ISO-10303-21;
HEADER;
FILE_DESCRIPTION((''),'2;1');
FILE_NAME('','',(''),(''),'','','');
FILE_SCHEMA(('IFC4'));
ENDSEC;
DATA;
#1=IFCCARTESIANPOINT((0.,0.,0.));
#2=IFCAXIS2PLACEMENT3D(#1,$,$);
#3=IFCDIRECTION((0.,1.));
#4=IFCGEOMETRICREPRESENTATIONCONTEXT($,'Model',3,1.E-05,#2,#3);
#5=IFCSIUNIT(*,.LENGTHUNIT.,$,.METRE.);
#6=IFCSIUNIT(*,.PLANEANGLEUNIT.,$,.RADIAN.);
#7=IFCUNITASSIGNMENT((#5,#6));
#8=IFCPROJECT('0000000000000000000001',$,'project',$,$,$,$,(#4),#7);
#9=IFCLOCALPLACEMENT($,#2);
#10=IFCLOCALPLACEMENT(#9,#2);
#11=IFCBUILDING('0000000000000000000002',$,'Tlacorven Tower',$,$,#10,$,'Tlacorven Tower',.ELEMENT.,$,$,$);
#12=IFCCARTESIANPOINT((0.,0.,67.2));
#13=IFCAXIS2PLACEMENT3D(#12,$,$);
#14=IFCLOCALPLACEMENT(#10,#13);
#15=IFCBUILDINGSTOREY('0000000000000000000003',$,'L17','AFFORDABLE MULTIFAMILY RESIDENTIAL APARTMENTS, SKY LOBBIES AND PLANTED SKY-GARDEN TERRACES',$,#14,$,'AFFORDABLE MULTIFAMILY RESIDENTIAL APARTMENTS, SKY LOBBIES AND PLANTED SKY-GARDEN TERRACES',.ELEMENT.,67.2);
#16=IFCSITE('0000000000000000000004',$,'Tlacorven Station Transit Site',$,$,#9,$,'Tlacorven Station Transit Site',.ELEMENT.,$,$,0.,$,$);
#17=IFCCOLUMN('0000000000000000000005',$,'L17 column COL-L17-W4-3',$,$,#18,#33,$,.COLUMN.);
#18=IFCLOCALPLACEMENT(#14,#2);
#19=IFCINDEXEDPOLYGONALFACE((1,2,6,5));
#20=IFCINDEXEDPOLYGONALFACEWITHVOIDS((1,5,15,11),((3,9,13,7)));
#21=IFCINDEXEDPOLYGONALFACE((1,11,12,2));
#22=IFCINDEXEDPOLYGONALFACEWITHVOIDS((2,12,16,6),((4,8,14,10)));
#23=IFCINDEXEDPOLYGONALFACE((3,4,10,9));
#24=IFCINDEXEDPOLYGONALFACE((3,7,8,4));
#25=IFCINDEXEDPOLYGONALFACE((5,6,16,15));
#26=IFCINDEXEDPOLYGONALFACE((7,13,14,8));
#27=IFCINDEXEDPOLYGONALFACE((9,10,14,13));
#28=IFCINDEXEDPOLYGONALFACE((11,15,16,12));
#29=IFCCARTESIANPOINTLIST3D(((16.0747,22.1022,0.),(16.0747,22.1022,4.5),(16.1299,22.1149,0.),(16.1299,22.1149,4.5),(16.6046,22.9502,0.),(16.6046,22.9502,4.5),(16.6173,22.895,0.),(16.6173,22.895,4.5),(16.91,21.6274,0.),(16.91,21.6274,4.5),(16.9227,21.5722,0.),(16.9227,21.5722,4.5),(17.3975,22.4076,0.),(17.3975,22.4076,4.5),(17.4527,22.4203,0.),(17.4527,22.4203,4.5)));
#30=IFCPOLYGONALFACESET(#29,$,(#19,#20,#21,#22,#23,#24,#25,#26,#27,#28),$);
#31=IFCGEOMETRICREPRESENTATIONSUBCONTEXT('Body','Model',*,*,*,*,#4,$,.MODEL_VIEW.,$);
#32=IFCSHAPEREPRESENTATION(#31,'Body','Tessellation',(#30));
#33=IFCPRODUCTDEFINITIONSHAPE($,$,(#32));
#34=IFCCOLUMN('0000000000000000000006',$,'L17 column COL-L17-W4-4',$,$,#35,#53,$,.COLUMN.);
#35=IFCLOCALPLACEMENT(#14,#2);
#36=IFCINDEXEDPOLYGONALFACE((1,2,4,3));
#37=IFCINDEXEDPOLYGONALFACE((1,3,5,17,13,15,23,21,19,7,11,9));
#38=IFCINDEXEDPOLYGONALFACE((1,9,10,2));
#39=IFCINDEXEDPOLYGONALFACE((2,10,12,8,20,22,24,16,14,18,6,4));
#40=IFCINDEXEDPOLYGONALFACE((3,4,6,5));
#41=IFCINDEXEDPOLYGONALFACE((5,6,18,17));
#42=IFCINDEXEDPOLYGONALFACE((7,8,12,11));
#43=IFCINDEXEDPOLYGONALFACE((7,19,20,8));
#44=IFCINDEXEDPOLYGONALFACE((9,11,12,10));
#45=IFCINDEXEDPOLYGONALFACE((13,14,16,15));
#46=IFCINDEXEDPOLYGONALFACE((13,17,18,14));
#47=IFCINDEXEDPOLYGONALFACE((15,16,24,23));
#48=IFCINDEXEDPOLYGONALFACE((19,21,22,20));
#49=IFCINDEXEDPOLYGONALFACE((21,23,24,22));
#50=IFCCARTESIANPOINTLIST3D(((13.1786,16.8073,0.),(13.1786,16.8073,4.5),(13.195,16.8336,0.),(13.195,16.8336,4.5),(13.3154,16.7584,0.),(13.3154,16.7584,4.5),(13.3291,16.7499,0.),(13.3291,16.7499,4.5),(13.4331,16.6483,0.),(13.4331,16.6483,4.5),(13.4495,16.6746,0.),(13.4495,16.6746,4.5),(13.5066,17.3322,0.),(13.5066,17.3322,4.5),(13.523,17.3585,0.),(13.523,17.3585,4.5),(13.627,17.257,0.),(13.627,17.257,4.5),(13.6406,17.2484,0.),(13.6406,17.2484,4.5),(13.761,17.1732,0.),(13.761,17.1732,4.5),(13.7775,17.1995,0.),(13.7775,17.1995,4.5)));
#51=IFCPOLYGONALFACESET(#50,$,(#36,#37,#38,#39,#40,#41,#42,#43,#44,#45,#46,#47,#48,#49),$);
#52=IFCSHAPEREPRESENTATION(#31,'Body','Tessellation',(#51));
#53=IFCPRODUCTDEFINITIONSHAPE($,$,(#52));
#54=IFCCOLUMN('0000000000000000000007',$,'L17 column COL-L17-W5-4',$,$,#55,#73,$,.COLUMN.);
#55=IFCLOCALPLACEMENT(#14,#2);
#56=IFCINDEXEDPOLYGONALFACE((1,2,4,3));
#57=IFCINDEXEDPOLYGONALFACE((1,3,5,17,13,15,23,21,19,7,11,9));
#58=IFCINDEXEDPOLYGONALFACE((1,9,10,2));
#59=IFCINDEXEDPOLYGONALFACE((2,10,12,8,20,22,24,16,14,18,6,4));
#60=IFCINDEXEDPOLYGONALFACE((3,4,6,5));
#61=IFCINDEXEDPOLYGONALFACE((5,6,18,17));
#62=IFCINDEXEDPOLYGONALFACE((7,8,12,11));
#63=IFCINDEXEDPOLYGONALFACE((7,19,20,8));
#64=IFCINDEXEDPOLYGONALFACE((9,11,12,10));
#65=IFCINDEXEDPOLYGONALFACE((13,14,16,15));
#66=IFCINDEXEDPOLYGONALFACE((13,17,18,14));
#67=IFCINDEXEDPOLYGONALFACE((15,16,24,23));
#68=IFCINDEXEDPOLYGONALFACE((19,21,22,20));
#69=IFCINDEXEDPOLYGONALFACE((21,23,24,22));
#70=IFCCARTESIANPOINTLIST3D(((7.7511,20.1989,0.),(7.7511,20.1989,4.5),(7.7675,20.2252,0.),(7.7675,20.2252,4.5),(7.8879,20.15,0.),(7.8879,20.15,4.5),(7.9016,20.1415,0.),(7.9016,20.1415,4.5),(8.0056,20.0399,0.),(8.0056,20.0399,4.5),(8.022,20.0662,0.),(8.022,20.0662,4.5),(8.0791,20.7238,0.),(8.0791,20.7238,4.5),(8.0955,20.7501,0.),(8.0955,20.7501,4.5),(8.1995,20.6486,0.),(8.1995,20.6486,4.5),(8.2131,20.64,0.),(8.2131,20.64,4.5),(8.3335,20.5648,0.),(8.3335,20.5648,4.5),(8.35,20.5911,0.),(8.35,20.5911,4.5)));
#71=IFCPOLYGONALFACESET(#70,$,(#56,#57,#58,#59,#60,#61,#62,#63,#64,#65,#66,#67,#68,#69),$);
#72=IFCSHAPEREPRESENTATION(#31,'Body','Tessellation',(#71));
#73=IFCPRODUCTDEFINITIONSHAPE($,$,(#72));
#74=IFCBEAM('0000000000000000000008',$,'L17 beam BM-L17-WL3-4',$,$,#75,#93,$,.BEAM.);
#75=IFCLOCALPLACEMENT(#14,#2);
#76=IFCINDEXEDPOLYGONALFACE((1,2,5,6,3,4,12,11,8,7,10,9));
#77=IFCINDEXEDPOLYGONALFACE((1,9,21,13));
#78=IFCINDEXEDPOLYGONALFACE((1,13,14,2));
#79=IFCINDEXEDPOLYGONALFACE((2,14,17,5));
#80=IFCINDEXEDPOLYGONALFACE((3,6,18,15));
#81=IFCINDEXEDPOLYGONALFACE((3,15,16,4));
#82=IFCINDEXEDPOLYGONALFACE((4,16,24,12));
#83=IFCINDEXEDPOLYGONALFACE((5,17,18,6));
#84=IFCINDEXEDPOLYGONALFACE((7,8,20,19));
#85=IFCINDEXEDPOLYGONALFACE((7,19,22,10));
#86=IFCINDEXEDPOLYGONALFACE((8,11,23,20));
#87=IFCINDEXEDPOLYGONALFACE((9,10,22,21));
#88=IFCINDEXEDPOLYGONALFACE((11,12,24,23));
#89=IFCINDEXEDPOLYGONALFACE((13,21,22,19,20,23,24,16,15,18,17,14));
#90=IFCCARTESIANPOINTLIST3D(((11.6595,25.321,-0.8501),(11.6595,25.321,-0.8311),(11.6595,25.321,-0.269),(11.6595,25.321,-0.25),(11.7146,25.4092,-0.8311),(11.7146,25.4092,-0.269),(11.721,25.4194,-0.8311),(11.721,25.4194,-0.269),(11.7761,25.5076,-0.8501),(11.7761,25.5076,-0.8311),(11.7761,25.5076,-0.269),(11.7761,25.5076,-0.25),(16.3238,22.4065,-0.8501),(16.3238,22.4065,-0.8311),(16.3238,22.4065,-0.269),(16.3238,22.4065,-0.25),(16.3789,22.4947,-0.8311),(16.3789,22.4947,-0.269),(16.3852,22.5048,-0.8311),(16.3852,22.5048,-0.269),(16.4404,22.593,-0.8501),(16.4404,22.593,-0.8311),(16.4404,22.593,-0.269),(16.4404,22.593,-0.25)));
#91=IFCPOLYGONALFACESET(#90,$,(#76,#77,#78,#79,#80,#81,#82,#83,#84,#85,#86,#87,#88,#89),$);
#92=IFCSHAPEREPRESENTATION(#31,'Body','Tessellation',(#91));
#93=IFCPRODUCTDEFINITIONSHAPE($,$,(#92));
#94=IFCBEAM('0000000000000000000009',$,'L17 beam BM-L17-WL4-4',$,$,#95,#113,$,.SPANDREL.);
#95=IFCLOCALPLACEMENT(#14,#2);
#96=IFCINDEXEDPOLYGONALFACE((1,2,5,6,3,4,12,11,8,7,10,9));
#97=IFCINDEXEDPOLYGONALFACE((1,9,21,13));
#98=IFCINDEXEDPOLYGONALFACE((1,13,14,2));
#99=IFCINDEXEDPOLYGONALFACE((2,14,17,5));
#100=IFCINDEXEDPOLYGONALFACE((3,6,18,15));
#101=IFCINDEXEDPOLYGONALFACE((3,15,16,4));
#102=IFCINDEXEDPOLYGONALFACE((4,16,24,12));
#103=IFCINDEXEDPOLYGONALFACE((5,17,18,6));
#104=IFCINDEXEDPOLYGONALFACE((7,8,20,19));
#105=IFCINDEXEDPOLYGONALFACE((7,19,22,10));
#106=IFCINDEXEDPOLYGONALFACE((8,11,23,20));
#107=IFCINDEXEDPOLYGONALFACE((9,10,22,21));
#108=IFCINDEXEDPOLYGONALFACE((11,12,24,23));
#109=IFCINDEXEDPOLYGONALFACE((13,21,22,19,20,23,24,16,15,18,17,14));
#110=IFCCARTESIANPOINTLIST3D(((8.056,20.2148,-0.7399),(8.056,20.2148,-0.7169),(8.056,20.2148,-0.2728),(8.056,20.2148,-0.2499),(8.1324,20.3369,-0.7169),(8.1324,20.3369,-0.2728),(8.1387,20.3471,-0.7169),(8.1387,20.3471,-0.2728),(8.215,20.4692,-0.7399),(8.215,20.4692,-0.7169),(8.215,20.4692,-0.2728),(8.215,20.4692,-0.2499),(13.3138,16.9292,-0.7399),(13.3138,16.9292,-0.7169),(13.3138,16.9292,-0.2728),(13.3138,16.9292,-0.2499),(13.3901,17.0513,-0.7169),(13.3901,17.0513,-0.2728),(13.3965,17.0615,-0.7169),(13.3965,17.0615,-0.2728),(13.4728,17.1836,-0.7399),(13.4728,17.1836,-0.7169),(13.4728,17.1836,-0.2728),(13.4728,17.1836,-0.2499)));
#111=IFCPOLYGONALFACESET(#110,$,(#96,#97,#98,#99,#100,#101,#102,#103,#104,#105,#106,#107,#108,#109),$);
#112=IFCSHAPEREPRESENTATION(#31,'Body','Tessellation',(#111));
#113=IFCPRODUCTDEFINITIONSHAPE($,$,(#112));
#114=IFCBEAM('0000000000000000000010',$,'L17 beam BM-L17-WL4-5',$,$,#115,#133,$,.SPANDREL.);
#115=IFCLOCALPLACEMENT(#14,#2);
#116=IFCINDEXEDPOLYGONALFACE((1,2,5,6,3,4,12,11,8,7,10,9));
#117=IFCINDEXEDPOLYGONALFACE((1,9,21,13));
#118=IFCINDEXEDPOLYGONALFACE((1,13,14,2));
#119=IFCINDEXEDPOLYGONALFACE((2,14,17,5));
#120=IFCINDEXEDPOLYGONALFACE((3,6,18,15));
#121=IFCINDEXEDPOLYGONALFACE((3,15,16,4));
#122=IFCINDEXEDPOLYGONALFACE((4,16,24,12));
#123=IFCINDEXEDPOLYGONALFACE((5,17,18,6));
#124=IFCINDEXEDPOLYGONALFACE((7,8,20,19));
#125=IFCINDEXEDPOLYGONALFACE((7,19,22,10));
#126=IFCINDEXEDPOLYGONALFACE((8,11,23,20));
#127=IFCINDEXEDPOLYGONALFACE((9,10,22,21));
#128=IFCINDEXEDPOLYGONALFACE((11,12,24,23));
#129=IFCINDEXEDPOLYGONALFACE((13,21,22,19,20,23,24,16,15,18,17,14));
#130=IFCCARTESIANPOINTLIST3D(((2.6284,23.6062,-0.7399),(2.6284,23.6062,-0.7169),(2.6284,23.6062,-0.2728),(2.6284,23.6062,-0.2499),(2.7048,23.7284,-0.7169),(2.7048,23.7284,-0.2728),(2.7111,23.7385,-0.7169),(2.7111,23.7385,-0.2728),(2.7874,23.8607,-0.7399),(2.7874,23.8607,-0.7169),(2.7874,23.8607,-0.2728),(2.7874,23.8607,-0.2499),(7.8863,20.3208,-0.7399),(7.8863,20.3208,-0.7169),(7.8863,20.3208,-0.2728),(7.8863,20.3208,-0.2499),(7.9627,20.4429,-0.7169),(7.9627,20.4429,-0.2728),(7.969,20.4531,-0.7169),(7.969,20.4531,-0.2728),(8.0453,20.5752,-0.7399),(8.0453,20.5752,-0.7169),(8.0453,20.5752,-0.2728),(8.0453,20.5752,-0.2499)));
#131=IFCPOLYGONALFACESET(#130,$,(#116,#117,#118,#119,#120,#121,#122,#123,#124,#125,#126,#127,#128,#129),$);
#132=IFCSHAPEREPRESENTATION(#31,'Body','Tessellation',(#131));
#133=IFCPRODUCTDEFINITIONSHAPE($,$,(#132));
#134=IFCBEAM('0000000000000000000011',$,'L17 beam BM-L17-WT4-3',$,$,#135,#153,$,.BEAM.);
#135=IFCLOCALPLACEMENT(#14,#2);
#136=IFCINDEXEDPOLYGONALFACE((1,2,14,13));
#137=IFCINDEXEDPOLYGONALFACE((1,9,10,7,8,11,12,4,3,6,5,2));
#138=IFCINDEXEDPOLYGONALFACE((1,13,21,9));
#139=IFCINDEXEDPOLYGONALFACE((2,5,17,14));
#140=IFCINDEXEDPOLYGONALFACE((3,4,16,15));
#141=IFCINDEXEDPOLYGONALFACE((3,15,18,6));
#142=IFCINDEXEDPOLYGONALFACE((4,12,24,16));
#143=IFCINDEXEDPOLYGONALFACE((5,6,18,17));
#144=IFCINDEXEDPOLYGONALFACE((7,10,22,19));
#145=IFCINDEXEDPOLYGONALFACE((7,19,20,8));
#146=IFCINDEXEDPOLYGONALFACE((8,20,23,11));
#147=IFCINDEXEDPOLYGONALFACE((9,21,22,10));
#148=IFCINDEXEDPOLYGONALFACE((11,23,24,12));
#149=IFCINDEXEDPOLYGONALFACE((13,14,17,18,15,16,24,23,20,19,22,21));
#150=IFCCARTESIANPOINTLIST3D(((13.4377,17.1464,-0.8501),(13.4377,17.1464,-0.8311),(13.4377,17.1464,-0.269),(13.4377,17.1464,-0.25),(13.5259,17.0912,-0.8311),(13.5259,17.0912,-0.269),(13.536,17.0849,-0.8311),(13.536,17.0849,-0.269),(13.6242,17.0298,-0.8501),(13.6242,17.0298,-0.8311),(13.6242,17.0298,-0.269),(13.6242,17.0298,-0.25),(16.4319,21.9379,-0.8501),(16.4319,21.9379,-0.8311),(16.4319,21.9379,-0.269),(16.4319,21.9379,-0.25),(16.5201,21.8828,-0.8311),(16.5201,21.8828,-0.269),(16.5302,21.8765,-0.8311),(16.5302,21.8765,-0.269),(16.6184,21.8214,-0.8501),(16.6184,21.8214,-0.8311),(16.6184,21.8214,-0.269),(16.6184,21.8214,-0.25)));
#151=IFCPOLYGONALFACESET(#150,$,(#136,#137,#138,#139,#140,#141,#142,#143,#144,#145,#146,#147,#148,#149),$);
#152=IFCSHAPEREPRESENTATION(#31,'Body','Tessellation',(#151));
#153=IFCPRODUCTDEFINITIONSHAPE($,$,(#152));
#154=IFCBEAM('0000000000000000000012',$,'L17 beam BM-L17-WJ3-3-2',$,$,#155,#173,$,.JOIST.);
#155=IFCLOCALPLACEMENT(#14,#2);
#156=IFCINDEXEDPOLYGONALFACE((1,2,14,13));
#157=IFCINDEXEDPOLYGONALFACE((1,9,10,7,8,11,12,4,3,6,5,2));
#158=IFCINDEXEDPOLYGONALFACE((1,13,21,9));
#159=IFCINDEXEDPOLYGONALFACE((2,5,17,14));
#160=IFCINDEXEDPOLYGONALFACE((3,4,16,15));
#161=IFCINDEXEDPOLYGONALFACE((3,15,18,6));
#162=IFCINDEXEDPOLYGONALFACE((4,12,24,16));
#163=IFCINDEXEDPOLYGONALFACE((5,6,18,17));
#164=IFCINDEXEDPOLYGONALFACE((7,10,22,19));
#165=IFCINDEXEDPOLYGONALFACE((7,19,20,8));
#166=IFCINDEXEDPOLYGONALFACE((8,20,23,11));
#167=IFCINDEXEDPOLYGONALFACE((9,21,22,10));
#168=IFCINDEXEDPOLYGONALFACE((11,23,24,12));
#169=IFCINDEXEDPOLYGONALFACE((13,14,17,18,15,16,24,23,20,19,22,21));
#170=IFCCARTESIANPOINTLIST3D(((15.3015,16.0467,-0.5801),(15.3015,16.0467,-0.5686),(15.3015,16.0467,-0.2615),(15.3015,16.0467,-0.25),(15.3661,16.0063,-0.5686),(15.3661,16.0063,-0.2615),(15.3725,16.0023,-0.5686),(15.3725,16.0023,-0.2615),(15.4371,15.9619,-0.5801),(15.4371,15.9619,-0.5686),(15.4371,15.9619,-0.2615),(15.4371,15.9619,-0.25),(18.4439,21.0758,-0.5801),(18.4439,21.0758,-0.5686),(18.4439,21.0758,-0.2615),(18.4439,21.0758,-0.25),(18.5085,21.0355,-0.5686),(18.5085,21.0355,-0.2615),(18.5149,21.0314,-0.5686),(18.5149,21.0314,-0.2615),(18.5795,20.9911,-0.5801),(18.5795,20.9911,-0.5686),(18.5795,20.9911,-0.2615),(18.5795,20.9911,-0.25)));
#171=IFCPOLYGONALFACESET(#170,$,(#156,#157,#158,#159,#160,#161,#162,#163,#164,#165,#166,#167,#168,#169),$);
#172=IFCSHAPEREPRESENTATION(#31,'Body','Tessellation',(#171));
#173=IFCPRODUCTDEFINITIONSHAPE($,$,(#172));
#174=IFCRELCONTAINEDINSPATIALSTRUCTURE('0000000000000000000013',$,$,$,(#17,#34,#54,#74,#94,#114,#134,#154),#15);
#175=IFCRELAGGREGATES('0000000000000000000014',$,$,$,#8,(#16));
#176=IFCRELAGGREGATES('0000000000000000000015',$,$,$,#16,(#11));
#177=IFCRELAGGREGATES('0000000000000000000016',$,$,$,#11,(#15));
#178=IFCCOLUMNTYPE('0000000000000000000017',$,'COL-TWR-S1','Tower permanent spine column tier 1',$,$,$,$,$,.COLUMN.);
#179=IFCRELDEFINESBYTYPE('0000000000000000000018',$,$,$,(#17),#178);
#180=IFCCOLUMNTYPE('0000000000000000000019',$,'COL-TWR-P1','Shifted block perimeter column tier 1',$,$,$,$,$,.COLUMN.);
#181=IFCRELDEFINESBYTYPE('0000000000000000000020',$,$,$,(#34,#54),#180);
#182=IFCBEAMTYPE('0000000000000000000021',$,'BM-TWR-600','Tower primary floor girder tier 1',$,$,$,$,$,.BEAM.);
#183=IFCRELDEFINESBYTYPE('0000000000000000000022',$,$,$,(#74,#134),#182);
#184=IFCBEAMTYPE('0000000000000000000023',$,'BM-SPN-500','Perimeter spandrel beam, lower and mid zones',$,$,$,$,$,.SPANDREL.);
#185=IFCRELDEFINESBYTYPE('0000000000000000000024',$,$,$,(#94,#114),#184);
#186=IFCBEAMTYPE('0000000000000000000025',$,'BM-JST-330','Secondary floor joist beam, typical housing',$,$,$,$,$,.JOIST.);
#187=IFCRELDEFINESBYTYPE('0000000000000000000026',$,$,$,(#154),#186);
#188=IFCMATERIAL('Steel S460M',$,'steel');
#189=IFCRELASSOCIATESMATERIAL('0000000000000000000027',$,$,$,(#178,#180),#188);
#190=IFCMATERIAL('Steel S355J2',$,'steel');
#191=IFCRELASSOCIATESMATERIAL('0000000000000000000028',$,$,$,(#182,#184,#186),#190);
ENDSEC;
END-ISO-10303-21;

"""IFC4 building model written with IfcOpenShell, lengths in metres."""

from ifc_helpers import new_model, si_unit, direction, frame, origin, origin_2d, place, context, subcontext, project, spatial, hollow_rectangle, i_section, extrude, source, transform, mapped, material, material_profile, profile_set, type_object, element, save


model = new_model("IFC4")

# Units and contexts
model_context = context("Model", 3, precision=1e-05, world=origin(), true_north=direction((0.0, 1.0)))
body_context = subcontext(model_context, "Body", "Model", "MODEL_VIEW")
ifc_project = project(units=[si_unit("LENGTHUNIT", "METRE"), si_unit("PLANEANGLEUNIT", "RADIAN")], contexts=[model_context])

# Site, building, storey
site_placement = place(None, origin())
site = spatial("IfcSite", under=ifc_project, at=site_placement, Name="Tlacorven Station Transit Site", LongName="Tlacorven Station Transit Site", CompositionType="ELEMENT", RefElevation=0.0)
building_placement = place(site_placement, origin())
building = spatial("IfcBuilding", under=site, at=building_placement, Name="Tlacorven Tower", LongName="Tlacorven Tower", CompositionType="ELEMENT")
storey_placement = place(building_placement, frame((0.0, 0.0, 67.2)))
storey = spatial("IfcBuildingStorey", under=building, at=storey_placement, Name="L17", Description="AFFORDABLE MULTIFAMILY RESIDENTIAL APARTMENTS, SKY LOBBIES AND PLANTED SKY-GARDEN TERRACES", LongName="AFFORDABLE MULTIFAMILY RESIDENTIAL APARTMENTS, SKY LOBBIES AND PLANTED SKY-GARDEN TERRACES", CompositionType="ELEMENT", Elevation=67.2)

# Columns
ifc_material_1 = material(Name="Steel S460M", Category="steel")
ifc_material_profile_1 = material_profile(ifc_material_1, hollow_rectangle(XDim=1.0, YDim=1.0, WallThickness=0.04, at=origin_2d()), Name="BOX 1000X1000X40")
ifc_profile_set_1 = profile_set([ifc_material_profile_1], Name="Steel S460M")
column_type_1 = type_object("IfcColumnType", Name="COL-TWR-S1", Description="Tower permanent spine column tier 1", PredefinedType="COLUMN", material=ifc_profile_set_1)
shared_shape_1 = source(origin(), body_context, "Body", "SweptSolid", [
    extrude(hollow_rectangle(XDim=1.0, YDim=1.0, WallThickness=0.04, at=origin_2d()), origin(), (0.0, 0.0, 1.0), 4.5),
])
column_placement = place(storey_placement, frame((16.7637, 22.2612, 0.0), z_axis=(0.0, 0.0, 1.0), x_axis=(-0.848048, 0.529919, 0.0)))
element("IfcColumn", 1, at=column_placement, inside=storey, type_object=column_type_1, Name="L17 column COL-L17-W4-3", PredefinedType="COLUMN", context=body_context, shape_type="MappedRepresentation", body=[
    mapped(shared_shape_1, transform((0.0, 0.0, 0.0), scale=1.0)),
])
ifc_material_profile_2 = material_profile(ifc_material_1, i_section(OverallWidth=0.3, OverallDepth=0.6499, WebThickness=0.0161, FlangeThickness=0.031, at=origin_2d()), Name="HEB 650")
ifc_profile_set_2 = profile_set([ifc_material_profile_2], Name="Steel S460M")
column_type_2 = type_object("IfcColumnType", Name="COL-TWR-P1", Description="Shifted block perimeter column tier 1", PredefinedType="COLUMN", material=ifc_profile_set_2)
shared_shape_2 = source(origin(), body_context, "Body", "SweptSolid", [
    extrude(i_section(OverallWidth=0.3, OverallDepth=0.6499, WebThickness=0.0161, FlangeThickness=0.031, at=origin_2d()), origin(), (0.0, 0.0, 1.0), 4.5),
])
for number, where, z_axis, x_axis, name in (
    (2, (13.478, 17.0034, 0.0), (0.0, 0.0, 1.0), (-0.848048, 0.529919, 0.0), "L17 column COL-L17-W4-4"),
    (3, (8.0505, 20.395, 0.0), (0.0, 0.0, 1.0), (-0.848048, 0.529919, 0.0), "L17 column COL-L17-W5-4"),
):
    element("IfcColumn", number, at=place(storey_placement, frame(where, z_axis=z_axis, x_axis=x_axis)), inside=storey, type_object=column_type_2, Name=name, PredefinedType="COLUMN", context=body_context, shape_type="MappedRepresentation", body=[
        mapped(shared_shape_2, transform((0.0, 0.0, 0.0), scale=1.0)),
    ])

# Beams
ifc_material_2 = material(Name="Steel S355J2", Category="steel")
ifc_material_profile_3 = material_profile(ifc_material_2, i_section(OverallWidth=0.22, OverallDepth=0.6001, WebThickness=0.012, FlangeThickness=0.019, at=origin_2d()), Name="IPE 600")
ifc_profile_set_3 = profile_set([ifc_material_profile_3], Name="Steel S355J2")
beam_type_1 = type_object("IfcBeamType", Name="BM-TWR-600", Description="Tower primary floor girder tier 1", PredefinedType="BEAM", material=ifc_profile_set_3)
shared_shape_3 = source(origin(), body_context, "Body", "SweptSolid", [
    extrude(i_section(OverallWidth=0.22, OverallDepth=0.6001, WebThickness=0.012, FlangeThickness=0.019, at=origin_2d()), origin(), (0.0, 0.0, 1.0), 5.5),
])
beam_1_placement = place(storey_placement, frame((16.3821, 22.4998, -0.55), z_axis=(-0.848051, 0.529915, 0.0), x_axis=(-0.529915, -0.848051, 0.0)))
element("IfcBeam", 4, at=beam_1_placement, inside=storey, type_object=beam_type_1, Name="L17 beam BM-L17-WL3-4", PredefinedType="BEAM", context=body_context, shape_type="MappedRepresentation", body=[
    mapped(shared_shape_3, transform((0.0, 0.0, 0.0), scale=1.0)),
])
ifc_material_profile_4 = material_profile(ifc_material_2, i_section(OverallWidth=0.3, OverallDepth=0.49, WebThickness=0.012, FlangeThickness=0.0229, at=origin_2d()), Name="HEA 500")
ifc_profile_set_4 = profile_set([ifc_material_profile_4], Name="Steel S355J2")
beam_type_2 = type_object("IfcBeamType", Name="BM-SPN-500", Description="Perimeter spandrel beam, lower and mid zones", PredefinedType="SPANDREL", material=ifc_profile_set_4)
shared_shape_4 = source(origin(), body_context, "Body", "SweptSolid", [
    extrude(i_section(OverallWidth=0.3, OverallDepth=0.49, WebThickness=0.012, FlangeThickness=0.0229, at=origin_2d()), origin(), (0.0, 0.0, 1.0), 6.2),
])
for number, where, z_axis, x_axis, name in (
    (5, (13.3933, 17.0564, -0.4949), (-0.848034, 0.529942, 0.0), (-0.529942, -0.848034, 0.0), "L17 beam BM-L17-WL4-4"),
    (6, (7.9658, 20.448, -0.4949), (-0.848051, 0.529914, 0.0), (-0.529914, -0.848051, 0.0), "L17 beam BM-L17-WL4-5"),
):
    element("IfcBeam", number, at=place(storey_placement, frame(where, z_axis=z_axis, x_axis=x_axis)), inside=storey, type_object=beam_type_2, Name=name, PredefinedType="SPANDREL", context=body_context, shape_type="MappedRepresentation", body=[
        mapped(shared_shape_4, transform((0.0, 0.0, 0.0), scale=1.0)),
    ])
shared_shape_5 = source(origin(), body_context, "Body", "SweptSolid", [
    extrude(i_section(OverallWidth=0.22, OverallDepth=0.6001, WebThickness=0.012, FlangeThickness=0.019, at=origin_2d()), origin(), (0.0, 0.0, 1.0), 5.6501),
])
beam_2_placement = place(storey_placement, frame((16.5251, 21.8796, -0.55), z_axis=(-0.529929, -0.848042, 0.0), x_axis=(0.848042, -0.529929, 0.0)))
element("IfcBeam", 7, at=beam_2_placement, inside=storey, type_object=beam_type_1, Name="L17 beam BM-L17-WT4-3", PredefinedType="BEAM", context=body_context, shape_type="MappedRepresentation", body=[
    mapped(shared_shape_5, transform((0.0, 0.0, 0.0), scale=1.0)),
])
ifc_material_profile_5 = material_profile(ifc_material_2, i_section(OverallWidth=0.1599, OverallDepth=0.3301, WebThickness=0.0076, FlangeThickness=0.0115, at=origin_2d()), Name="IPE 330")
ifc_profile_set_5 = profile_set([ifc_material_profile_5], Name="Steel S355J2")
beam_type_3 = type_object("IfcBeamType", Name="BM-JST-330", Description="Secondary floor joist beam, typical housing", PredefinedType="JOIST", material=ifc_profile_set_5)
shared_shape_6 = source(origin(), body_context, "Body", "SweptSolid", [
    extrude(i_section(OverallWidth=0.1599, OverallDepth=0.3301, WebThickness=0.0076, FlangeThickness=0.0115, at=origin_2d()), origin(), (0.0, 0.0, 1.0), 5.9302),
])
beam_3_placement = place(storey_placement, frame((18.5117, 21.0334, -0.415), z_axis=(-0.529899, -0.848061, 0.0), x_axis=(0.848061, -0.529899, 0.0)))
element("IfcBeam", 8, at=beam_3_placement, inside=storey, type_object=beam_type_3, Name="L17 beam BM-L17-WJ3-3-2", PredefinedType="JOIST", context=body_context, shape_type="MappedRepresentation", body=[
    mapped(shared_shape_6, transform((0.0, 0.0, 0.0), scale=1.0)),
])

save(model, "model.ifc")
